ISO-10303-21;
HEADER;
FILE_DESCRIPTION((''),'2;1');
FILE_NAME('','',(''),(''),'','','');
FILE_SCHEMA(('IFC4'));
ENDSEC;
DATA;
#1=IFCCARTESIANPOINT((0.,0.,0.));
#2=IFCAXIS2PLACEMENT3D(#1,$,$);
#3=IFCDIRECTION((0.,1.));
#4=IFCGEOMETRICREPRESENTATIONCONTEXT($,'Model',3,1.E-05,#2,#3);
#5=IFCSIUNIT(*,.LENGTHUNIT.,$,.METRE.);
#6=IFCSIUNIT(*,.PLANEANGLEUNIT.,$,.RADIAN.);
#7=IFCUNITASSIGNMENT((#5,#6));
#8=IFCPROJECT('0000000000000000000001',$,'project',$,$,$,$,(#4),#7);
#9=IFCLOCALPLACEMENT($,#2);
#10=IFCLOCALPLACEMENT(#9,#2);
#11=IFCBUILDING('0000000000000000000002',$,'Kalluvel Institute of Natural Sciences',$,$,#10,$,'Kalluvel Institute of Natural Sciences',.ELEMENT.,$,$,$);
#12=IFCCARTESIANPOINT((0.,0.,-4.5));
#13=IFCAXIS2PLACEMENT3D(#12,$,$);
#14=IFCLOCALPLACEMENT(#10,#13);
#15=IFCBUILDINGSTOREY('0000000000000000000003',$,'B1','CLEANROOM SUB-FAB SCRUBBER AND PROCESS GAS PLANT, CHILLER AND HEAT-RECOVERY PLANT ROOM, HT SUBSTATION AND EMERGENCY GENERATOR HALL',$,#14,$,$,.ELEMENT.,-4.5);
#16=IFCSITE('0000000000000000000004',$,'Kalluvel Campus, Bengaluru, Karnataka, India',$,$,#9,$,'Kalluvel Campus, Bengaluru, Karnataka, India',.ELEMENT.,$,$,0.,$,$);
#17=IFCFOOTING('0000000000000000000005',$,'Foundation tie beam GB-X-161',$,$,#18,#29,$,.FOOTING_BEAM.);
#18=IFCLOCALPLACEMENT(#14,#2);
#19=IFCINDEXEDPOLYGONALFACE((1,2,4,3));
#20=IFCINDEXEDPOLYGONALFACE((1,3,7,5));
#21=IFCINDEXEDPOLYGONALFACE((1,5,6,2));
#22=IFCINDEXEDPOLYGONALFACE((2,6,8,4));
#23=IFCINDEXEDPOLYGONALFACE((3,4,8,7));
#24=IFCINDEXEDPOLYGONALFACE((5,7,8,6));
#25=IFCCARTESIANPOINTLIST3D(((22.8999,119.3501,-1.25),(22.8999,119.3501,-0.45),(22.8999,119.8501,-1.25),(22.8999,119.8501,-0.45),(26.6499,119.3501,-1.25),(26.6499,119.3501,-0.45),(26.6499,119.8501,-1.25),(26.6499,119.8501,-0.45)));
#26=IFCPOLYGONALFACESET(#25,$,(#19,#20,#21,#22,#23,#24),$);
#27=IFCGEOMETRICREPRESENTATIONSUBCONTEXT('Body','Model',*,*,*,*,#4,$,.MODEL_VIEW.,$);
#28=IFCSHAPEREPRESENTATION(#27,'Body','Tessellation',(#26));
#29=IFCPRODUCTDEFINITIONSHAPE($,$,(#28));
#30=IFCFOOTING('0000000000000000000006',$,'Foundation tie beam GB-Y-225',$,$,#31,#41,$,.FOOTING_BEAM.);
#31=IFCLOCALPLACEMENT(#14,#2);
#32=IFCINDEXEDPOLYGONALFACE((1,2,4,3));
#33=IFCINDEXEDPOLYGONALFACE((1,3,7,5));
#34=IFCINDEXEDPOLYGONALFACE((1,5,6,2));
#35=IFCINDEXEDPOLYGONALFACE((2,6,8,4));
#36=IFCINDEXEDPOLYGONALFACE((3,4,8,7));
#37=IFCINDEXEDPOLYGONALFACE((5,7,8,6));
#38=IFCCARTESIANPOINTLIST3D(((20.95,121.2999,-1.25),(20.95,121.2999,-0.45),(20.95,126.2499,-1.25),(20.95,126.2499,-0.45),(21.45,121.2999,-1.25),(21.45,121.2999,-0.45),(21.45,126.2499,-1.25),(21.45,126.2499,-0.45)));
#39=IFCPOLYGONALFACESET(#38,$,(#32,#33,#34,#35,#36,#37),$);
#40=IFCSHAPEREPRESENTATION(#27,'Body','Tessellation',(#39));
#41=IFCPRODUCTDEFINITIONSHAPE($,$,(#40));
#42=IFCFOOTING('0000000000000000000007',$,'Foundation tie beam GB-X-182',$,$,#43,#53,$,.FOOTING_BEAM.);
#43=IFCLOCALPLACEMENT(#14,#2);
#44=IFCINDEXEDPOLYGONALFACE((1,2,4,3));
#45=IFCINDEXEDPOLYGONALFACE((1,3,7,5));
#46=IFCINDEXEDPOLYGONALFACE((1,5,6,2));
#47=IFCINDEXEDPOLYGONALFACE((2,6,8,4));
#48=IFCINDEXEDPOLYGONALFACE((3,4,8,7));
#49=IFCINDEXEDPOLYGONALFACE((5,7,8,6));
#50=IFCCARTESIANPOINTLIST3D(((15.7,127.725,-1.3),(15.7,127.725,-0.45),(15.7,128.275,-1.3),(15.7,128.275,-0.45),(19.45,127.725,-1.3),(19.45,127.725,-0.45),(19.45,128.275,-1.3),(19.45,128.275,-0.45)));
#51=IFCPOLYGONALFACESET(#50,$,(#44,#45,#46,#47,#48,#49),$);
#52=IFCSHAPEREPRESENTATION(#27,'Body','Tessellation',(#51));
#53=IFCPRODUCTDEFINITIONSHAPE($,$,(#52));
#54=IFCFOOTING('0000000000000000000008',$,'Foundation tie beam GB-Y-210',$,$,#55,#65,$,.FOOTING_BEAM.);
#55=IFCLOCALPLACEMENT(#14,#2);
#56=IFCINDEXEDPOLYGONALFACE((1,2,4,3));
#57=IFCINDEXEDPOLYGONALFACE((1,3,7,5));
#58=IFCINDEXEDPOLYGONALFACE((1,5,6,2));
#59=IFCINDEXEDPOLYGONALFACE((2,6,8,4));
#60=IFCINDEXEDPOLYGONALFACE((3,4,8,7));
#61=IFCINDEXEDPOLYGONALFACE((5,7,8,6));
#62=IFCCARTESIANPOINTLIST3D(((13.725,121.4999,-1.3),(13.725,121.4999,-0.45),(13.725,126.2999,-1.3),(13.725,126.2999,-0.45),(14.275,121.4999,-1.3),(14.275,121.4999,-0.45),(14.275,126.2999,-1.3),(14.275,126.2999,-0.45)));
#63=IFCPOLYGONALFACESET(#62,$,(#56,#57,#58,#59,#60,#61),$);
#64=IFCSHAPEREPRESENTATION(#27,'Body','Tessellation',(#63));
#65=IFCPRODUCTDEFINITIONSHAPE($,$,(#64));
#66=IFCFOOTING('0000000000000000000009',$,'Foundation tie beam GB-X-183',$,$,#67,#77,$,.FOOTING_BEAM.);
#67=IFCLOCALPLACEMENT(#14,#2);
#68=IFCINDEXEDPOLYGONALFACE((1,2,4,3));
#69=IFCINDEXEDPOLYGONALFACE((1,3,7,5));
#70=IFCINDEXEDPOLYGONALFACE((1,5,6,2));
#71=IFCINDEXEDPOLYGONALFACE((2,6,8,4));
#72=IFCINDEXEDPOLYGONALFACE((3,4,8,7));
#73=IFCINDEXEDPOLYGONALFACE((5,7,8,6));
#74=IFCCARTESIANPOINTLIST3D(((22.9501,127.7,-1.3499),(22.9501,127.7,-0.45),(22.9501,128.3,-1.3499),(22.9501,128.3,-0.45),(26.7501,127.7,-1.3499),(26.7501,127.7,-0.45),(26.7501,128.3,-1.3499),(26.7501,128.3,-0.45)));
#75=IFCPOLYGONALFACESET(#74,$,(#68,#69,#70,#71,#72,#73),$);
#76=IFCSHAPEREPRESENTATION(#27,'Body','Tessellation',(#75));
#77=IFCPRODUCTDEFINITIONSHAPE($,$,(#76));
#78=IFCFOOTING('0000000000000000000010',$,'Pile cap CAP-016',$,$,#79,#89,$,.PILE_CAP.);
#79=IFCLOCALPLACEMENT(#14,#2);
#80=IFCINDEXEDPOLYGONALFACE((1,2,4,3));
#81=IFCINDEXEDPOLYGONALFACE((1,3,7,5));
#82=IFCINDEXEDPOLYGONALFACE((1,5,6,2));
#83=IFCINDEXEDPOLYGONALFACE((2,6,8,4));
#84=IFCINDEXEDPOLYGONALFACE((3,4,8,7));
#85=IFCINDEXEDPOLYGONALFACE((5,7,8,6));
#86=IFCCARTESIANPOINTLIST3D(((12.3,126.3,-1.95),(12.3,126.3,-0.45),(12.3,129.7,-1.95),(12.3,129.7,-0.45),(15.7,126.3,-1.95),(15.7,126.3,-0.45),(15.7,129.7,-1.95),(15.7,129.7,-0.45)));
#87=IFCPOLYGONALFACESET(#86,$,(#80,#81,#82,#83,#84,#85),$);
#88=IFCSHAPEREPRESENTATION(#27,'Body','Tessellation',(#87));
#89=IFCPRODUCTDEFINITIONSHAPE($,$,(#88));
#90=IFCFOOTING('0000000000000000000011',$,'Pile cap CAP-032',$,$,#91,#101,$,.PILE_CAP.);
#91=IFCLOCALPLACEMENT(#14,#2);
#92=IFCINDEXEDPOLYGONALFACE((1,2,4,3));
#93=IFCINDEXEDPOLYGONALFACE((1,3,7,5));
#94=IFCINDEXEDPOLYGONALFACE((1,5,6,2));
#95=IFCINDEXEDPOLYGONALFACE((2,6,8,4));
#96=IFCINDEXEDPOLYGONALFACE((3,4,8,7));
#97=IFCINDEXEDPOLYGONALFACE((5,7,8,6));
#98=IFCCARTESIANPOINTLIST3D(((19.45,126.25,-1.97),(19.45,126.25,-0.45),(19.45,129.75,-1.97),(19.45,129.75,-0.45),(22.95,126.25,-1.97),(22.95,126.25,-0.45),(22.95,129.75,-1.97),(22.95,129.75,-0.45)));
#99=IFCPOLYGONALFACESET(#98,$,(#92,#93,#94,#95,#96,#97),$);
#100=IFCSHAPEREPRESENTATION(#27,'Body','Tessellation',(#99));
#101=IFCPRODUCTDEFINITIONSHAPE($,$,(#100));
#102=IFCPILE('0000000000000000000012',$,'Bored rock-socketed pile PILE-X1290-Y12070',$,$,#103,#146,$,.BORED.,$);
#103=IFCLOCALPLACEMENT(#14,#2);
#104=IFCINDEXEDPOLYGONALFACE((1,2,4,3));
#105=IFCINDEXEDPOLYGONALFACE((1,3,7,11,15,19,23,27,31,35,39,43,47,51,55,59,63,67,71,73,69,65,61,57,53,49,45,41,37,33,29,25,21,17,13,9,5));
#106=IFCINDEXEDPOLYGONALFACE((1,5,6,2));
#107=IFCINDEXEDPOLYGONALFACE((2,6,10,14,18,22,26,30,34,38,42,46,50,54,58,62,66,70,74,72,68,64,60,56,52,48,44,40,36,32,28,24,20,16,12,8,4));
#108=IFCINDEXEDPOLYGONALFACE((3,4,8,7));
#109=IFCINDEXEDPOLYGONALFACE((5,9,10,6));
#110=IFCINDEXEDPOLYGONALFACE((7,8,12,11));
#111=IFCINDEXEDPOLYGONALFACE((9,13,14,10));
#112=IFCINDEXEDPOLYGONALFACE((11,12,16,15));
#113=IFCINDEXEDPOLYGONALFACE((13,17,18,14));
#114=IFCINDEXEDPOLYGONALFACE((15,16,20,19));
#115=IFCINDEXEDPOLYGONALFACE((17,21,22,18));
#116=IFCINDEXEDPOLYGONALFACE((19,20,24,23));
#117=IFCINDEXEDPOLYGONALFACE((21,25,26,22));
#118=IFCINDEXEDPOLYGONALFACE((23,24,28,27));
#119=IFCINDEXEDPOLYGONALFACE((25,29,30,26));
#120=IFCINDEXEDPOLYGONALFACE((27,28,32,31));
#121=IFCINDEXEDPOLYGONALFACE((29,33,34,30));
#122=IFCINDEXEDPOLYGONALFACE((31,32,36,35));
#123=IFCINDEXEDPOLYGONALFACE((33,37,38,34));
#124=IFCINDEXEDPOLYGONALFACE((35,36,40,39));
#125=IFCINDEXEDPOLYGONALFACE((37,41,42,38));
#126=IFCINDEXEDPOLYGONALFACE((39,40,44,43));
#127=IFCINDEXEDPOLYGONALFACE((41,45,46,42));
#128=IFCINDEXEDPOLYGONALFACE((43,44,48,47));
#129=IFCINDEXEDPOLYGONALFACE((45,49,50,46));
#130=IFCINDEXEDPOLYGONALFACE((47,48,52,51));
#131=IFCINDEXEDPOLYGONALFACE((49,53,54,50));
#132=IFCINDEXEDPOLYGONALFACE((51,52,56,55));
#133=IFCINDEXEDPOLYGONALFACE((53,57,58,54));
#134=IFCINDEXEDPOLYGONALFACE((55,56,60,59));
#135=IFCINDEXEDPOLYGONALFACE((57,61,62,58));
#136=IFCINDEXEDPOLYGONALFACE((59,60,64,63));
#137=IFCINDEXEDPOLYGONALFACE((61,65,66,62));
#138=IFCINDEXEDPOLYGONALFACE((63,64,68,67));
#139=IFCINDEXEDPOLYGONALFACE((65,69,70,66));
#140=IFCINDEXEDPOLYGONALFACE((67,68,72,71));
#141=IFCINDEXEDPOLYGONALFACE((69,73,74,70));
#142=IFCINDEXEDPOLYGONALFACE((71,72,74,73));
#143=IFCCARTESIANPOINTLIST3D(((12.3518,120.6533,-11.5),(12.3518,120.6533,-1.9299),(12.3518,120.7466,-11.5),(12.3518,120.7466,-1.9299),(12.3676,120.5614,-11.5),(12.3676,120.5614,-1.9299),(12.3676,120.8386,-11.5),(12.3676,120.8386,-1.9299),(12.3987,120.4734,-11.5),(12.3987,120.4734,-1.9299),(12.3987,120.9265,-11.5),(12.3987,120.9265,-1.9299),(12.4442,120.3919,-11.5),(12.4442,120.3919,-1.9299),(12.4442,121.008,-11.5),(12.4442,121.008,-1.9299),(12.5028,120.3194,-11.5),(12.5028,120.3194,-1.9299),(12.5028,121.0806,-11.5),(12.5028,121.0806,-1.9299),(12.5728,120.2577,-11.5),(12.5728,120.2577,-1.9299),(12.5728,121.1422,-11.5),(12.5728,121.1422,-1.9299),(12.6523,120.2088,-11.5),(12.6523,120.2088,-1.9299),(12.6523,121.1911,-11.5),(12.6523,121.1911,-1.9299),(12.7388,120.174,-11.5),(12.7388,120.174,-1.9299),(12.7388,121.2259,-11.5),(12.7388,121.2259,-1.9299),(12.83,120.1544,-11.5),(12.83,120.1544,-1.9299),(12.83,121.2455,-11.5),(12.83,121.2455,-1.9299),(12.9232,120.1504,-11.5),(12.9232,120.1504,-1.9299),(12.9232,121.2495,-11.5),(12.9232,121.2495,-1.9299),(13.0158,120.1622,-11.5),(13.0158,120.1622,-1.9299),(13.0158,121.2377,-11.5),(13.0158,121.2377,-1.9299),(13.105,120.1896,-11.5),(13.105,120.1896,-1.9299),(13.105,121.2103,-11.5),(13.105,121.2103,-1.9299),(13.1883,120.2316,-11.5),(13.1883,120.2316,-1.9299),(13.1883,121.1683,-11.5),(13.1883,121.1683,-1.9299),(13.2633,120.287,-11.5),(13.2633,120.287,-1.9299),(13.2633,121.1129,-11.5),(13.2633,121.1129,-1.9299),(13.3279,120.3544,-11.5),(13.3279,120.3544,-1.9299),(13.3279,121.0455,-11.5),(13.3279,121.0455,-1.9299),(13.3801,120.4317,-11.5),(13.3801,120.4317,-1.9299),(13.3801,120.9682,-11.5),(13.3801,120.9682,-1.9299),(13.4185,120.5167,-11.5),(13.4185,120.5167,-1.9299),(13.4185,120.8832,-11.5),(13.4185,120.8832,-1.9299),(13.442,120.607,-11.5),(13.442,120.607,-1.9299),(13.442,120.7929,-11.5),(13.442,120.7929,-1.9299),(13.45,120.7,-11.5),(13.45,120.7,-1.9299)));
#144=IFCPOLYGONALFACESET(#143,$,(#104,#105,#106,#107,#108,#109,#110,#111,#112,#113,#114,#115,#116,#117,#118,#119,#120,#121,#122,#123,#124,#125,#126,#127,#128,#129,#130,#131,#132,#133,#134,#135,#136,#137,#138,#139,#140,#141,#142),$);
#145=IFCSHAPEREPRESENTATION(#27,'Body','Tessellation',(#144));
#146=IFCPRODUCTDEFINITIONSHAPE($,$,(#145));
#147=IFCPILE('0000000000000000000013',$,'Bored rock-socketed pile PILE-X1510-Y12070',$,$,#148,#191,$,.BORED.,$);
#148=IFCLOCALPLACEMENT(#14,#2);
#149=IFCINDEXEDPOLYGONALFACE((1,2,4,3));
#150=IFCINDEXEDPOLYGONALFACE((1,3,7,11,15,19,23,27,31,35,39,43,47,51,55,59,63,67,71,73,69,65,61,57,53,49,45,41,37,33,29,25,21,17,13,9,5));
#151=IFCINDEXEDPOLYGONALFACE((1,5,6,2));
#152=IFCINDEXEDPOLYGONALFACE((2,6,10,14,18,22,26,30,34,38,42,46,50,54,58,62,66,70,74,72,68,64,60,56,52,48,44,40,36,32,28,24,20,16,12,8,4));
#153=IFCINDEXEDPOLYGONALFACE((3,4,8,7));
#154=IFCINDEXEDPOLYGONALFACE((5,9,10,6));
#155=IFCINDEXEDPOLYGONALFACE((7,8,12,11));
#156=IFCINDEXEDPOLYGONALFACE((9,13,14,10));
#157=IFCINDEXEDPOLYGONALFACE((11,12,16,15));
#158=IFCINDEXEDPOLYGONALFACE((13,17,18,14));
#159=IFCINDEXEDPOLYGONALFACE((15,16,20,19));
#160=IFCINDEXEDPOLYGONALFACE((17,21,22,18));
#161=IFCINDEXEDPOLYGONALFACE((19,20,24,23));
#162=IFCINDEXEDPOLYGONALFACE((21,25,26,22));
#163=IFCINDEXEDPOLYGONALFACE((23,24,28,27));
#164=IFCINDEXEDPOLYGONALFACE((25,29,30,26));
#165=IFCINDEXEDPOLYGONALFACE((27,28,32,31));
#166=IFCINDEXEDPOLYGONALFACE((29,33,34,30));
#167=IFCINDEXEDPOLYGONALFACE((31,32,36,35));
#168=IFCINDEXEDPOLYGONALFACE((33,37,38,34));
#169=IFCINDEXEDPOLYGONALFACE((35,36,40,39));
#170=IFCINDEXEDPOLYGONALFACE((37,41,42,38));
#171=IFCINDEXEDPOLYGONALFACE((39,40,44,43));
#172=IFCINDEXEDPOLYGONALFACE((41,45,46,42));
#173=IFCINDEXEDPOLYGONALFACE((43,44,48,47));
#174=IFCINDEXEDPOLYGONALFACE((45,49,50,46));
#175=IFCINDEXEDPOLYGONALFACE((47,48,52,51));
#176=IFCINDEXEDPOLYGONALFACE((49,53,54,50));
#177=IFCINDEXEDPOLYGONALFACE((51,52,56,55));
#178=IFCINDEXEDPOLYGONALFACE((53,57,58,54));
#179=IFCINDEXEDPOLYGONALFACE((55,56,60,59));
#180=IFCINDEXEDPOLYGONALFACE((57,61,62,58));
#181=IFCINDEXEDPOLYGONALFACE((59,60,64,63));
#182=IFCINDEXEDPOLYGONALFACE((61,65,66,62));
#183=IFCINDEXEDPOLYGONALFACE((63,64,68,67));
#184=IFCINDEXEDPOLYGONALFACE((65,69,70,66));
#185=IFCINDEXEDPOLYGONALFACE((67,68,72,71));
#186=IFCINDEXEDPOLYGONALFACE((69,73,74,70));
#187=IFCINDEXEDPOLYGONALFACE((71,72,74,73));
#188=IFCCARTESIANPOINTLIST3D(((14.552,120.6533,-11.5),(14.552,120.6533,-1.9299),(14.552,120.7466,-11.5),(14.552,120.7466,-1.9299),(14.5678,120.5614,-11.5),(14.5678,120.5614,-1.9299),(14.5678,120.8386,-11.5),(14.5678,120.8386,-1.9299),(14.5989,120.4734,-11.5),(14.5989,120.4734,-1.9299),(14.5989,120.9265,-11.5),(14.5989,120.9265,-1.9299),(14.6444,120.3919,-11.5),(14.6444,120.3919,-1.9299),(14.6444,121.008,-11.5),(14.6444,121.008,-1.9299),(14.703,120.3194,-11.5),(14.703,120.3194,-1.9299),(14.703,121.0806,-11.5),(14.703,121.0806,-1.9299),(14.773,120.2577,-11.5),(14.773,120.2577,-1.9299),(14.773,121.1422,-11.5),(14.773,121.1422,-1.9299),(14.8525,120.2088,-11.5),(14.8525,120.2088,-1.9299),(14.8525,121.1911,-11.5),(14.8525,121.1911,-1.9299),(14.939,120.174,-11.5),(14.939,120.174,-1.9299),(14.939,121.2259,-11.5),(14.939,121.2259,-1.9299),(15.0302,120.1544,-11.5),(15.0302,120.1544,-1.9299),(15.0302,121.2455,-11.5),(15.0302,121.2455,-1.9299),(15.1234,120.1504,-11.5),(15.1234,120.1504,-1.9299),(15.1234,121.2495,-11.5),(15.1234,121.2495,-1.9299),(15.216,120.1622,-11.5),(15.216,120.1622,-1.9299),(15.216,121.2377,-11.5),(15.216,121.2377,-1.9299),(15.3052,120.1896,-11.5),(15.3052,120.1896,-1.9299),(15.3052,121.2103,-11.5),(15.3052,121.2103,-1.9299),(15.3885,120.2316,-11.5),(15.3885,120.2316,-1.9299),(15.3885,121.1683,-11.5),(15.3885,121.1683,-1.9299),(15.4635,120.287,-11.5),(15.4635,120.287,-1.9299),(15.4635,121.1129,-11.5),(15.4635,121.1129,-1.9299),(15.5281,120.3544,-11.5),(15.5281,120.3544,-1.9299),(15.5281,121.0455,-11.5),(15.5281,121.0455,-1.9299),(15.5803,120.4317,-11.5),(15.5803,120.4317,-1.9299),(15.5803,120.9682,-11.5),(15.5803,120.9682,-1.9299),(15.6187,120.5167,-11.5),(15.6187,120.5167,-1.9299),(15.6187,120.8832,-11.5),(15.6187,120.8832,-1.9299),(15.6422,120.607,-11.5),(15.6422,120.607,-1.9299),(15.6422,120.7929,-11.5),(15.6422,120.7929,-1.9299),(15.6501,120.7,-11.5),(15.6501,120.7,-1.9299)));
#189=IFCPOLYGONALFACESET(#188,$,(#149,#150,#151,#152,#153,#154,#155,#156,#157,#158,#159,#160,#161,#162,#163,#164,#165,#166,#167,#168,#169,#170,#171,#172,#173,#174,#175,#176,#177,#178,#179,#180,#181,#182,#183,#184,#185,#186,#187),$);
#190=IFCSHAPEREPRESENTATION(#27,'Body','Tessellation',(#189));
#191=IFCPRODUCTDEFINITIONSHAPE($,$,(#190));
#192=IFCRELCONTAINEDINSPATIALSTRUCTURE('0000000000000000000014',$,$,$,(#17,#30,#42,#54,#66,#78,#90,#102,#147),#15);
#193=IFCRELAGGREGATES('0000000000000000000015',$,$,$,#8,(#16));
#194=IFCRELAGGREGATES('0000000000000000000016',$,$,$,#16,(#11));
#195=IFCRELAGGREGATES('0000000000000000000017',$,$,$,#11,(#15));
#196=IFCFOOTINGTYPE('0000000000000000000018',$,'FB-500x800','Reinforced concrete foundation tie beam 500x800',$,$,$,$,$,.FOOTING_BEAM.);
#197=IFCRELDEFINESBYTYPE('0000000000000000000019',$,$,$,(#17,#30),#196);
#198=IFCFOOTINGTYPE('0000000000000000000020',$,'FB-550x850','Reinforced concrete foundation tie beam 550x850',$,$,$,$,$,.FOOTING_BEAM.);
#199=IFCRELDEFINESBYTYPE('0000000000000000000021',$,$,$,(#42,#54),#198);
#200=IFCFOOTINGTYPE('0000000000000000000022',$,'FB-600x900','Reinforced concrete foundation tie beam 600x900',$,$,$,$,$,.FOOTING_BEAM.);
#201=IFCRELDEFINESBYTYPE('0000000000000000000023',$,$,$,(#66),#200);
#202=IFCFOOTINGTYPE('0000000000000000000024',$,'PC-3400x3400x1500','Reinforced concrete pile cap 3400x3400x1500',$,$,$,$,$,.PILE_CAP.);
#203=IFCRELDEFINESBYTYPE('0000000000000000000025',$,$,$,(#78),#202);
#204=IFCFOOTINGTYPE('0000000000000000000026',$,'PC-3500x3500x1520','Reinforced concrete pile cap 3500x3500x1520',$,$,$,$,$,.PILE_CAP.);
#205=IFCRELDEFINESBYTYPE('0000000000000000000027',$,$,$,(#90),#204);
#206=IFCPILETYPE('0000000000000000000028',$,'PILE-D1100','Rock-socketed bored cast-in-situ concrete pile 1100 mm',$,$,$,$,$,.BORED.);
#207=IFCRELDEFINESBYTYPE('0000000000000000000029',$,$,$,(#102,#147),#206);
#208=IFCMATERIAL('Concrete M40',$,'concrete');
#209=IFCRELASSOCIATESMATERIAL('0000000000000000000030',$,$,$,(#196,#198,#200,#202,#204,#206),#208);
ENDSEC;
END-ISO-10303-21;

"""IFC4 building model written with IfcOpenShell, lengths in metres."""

from ifc_helpers import new_model, si_unit, direction, frame, origin, origin_2d, place, context, subcontext, project, spatial, rectangle, circle, extrude, material, material_profile, profile_set, type_object, element, save


model = new_model("IFC4")

# Units and contexts
model_context = context("Model", 3, precision=1e-05, world=origin(), true_north=direction((0.0, 1.0)))
body_context = subcontext(model_context, "Body", "Model", "MODEL_VIEW")
ifc_project = project(units=[si_unit("LENGTHUNIT", "METRE"), si_unit("PLANEANGLEUNIT", "RADIAN")], contexts=[model_context])

# Site, building, storey
site_placement = place(None, origin())
site = spatial("IfcSite", under=ifc_project, at=site_placement, Name="Kalluvel Campus, Bengaluru, Karnataka, India", LongName="Kalluvel Campus, Bengaluru, Karnataka, India", CompositionType="ELEMENT", RefElevation=0.0)
building_placement = place(site_placement, origin())
building = spatial("IfcBuilding", under=site, at=building_placement, Name="Kalluvel Institute of Natural Sciences", LongName="Kalluvel Institute of Natural Sciences", CompositionType="ELEMENT")
storey_placement = place(building_placement, frame((0.0, 0.0, -4.5)))
storey = spatial("IfcBuildingStorey", under=building, at=storey_placement, Name="B1", Description="CLEANROOM SUB-FAB SCRUBBER AND PROCESS GAS PLANT, CHILLER AND HEAT-RECOVERY PLANT ROOM, HT SUBSTATION AND EMERGENCY GENERATOR HALL", CompositionType="ELEMENT", Elevation=-4.5)

# Footings
ifc_material_1 = material(Name="Concrete M40", Category="concrete")
footing_type_1 = type_object("IfcFootingType", Name="FB-500x800", Description="Reinforced concrete foundation tie beam 500x800", PredefinedType="FOOTING_BEAM", material=ifc_material_1)
footing_1_placement = place(storey_placement, frame((24.7749, 119.6001, -1.25), z_axis=(0.0, 0.0, 1.0), x_axis=(1.0, 0.0, 0.0)))
element("IfcFooting", 1, at=footing_1_placement, inside=storey, type_object=footing_type_1, Name="Foundation tie beam GB-X-161", PredefinedType="FOOTING_BEAM", context=body_context, shape_type="SweptSolid", body=[
    extrude(rectangle(XDim=3.75, YDim=0.5, at=origin_2d()), origin(), (0.0, 0.0, 1.0), 0.8),
])
footing_2_placement = place(storey_placement, frame((21.2, 123.7749, -1.25), z_axis=(0.0, 0.0, 1.0), x_axis=(1.0, 0.0, 0.0)))
element("IfcFooting", 2, at=footing_2_placement, inside=storey, type_object=footing_type_1, Name="Foundation tie beam GB-Y-225", PredefinedType="FOOTING_BEAM", context=body_context, shape_type="SweptSolid", body=[
    extrude(rectangle(XDim=0.5, YDim=4.95, at=origin_2d()), origin(), (0.0, 0.0, 1.0), 0.8),
])
footing_type_2 = type_object("IfcFootingType", Name="FB-550x850", Description="Reinforced concrete foundation tie beam 550x850", PredefinedType="FOOTING_BEAM", material=ifc_material_1)
footing_3_placement = place(storey_placement, frame((17.575, 128.0, -1.3), z_axis=(0.0, 0.0, 1.0), x_axis=(1.0, 0.0, 0.0)))
element("IfcFooting", 3, at=footing_3_placement, inside=storey, type_object=footing_type_2, Name="Foundation tie beam GB-X-182", PredefinedType="FOOTING_BEAM", context=body_context, shape_type="SweptSolid", body=[
    extrude(rectangle(XDim=3.75, YDim=0.55, at=origin_2d()), origin(), (0.0, 0.0, 1.0), 0.8501),
])
footing_4_placement = place(storey_placement, frame((14.0, 123.8999, -1.3), z_axis=(0.0, 0.0, 1.0), x_axis=(1.0, 0.0, 0.0)))
element("IfcFooting", 4, at=footing_4_placement, inside=storey, type_object=footing_type_2, Name="Foundation tie beam GB-Y-210", PredefinedType="FOOTING_BEAM", context=body_context, shape_type="SweptSolid", body=[
    extrude(rectangle(XDim=0.55, YDim=4.8, at=origin_2d()), origin(), (0.0, 0.0, 1.0), 0.8501),
])
footing_type_3 = type_object("IfcFootingType", Name="FB-600x900", Description="Reinforced concrete foundation tie beam 600x900", PredefinedType="FOOTING_BEAM", material=ifc_material_1)
footing_5_placement = place(storey_placement, frame((24.8501, 128.0, -1.3499), z_axis=(0.0, 0.0, 1.0), x_axis=(1.0, 0.0, 0.0)))
element("IfcFooting", 5, at=footing_5_placement, inside=storey, type_object=footing_type_3, Name="Foundation tie beam GB-X-183", PredefinedType="FOOTING_BEAM", context=body_context, shape_type="SweptSolid", body=[
    extrude(rectangle(XDim=3.8, YDim=0.6001, at=origin_2d()), origin(), (0.0, 0.0, 1.0), 0.8999),
])
footing_type_4 = type_object("IfcFootingType", Name="PC-3400x3400x1500", Description="Reinforced concrete pile cap 3400x3400x1500", PredefinedType="PILE_CAP", material=ifc_material_1)
footing_6_placement = place(storey_placement, frame((14.0, 128.0, -1.95), z_axis=(0.0, 0.0, 1.0), x_axis=(1.0, 0.0, 0.0)))
element("IfcFooting", 6, at=footing_6_placement, inside=storey, type_object=footing_type_4, Name="Pile cap CAP-016", PredefinedType="PILE_CAP", context=body_context, shape_type="SweptSolid", body=[
    extrude(rectangle(XDim=3.3999, YDim=3.3999, at=origin_2d()), origin(), (0.0, 0.0, 1.0), 1.5),
])
footing_type_5 = type_object("IfcFootingType", Name="PC-3500x3500x1520", Description="Reinforced concrete pile cap 3500x3500x1520", PredefinedType="PILE_CAP", material=ifc_material_1)
footing_7_placement = place(storey_placement, frame((21.2, 128.0, -1.97), z_axis=(0.0, 0.0, 1.0), x_axis=(1.0, 0.0, 0.0)))
element("IfcFooting", 7, at=footing_7_placement, inside=storey, type_object=footing_type_5, Name="Pile cap CAP-032", PredefinedType="PILE_CAP", context=body_context, shape_type="SweptSolid", body=[
    extrude(rectangle(XDim=3.5, YDim=3.5, at=origin_2d()), origin(), (0.0, 0.0, 1.0), 1.52),
])

# Piles
ifc_material_profile_1 = material_profile(ifc_material_1, circle(Radius=0.55, at=origin_2d()), Name="PILE D1100")
ifc_profile_set_1 = profile_set([ifc_material_profile_1], Name="Concrete M40")
pile_type_1 = type_object("IfcPileType", Name="PILE-D1100", Description="Rock-socketed bored cast-in-situ concrete pile 1100 mm", PredefinedType="BORED", material=ifc_profile_set_1)
for number, where, z_axis, x_axis, name in (
    (8, (12.8999, 120.7, -1.9299), (0.0, 0.0, -1.0), (1.0, 0.0, 0.0), "Bored rock-socketed pile PILE-X1290-Y12070"),
    (9, (15.1001, 120.7, -1.9299), (0.0, 0.0, -1.0), (1.0, 0.0, 0.0), "Bored rock-socketed pile PILE-X1510-Y12070"),
):
    element("IfcPile", number, at=place(storey_placement, frame(where, z_axis=z_axis, x_axis=x_axis)), inside=storey, type_object=pile_type_1, Name=name, PredefinedType="BORED", context=body_context, shape_type="SweptSolid", body=[
        extrude(circle(Radius=0.55, at=origin_2d()), origin(), (0.0, 0.0, 1.0), 9.5701),
    ])

save(model, "model.ifc")
